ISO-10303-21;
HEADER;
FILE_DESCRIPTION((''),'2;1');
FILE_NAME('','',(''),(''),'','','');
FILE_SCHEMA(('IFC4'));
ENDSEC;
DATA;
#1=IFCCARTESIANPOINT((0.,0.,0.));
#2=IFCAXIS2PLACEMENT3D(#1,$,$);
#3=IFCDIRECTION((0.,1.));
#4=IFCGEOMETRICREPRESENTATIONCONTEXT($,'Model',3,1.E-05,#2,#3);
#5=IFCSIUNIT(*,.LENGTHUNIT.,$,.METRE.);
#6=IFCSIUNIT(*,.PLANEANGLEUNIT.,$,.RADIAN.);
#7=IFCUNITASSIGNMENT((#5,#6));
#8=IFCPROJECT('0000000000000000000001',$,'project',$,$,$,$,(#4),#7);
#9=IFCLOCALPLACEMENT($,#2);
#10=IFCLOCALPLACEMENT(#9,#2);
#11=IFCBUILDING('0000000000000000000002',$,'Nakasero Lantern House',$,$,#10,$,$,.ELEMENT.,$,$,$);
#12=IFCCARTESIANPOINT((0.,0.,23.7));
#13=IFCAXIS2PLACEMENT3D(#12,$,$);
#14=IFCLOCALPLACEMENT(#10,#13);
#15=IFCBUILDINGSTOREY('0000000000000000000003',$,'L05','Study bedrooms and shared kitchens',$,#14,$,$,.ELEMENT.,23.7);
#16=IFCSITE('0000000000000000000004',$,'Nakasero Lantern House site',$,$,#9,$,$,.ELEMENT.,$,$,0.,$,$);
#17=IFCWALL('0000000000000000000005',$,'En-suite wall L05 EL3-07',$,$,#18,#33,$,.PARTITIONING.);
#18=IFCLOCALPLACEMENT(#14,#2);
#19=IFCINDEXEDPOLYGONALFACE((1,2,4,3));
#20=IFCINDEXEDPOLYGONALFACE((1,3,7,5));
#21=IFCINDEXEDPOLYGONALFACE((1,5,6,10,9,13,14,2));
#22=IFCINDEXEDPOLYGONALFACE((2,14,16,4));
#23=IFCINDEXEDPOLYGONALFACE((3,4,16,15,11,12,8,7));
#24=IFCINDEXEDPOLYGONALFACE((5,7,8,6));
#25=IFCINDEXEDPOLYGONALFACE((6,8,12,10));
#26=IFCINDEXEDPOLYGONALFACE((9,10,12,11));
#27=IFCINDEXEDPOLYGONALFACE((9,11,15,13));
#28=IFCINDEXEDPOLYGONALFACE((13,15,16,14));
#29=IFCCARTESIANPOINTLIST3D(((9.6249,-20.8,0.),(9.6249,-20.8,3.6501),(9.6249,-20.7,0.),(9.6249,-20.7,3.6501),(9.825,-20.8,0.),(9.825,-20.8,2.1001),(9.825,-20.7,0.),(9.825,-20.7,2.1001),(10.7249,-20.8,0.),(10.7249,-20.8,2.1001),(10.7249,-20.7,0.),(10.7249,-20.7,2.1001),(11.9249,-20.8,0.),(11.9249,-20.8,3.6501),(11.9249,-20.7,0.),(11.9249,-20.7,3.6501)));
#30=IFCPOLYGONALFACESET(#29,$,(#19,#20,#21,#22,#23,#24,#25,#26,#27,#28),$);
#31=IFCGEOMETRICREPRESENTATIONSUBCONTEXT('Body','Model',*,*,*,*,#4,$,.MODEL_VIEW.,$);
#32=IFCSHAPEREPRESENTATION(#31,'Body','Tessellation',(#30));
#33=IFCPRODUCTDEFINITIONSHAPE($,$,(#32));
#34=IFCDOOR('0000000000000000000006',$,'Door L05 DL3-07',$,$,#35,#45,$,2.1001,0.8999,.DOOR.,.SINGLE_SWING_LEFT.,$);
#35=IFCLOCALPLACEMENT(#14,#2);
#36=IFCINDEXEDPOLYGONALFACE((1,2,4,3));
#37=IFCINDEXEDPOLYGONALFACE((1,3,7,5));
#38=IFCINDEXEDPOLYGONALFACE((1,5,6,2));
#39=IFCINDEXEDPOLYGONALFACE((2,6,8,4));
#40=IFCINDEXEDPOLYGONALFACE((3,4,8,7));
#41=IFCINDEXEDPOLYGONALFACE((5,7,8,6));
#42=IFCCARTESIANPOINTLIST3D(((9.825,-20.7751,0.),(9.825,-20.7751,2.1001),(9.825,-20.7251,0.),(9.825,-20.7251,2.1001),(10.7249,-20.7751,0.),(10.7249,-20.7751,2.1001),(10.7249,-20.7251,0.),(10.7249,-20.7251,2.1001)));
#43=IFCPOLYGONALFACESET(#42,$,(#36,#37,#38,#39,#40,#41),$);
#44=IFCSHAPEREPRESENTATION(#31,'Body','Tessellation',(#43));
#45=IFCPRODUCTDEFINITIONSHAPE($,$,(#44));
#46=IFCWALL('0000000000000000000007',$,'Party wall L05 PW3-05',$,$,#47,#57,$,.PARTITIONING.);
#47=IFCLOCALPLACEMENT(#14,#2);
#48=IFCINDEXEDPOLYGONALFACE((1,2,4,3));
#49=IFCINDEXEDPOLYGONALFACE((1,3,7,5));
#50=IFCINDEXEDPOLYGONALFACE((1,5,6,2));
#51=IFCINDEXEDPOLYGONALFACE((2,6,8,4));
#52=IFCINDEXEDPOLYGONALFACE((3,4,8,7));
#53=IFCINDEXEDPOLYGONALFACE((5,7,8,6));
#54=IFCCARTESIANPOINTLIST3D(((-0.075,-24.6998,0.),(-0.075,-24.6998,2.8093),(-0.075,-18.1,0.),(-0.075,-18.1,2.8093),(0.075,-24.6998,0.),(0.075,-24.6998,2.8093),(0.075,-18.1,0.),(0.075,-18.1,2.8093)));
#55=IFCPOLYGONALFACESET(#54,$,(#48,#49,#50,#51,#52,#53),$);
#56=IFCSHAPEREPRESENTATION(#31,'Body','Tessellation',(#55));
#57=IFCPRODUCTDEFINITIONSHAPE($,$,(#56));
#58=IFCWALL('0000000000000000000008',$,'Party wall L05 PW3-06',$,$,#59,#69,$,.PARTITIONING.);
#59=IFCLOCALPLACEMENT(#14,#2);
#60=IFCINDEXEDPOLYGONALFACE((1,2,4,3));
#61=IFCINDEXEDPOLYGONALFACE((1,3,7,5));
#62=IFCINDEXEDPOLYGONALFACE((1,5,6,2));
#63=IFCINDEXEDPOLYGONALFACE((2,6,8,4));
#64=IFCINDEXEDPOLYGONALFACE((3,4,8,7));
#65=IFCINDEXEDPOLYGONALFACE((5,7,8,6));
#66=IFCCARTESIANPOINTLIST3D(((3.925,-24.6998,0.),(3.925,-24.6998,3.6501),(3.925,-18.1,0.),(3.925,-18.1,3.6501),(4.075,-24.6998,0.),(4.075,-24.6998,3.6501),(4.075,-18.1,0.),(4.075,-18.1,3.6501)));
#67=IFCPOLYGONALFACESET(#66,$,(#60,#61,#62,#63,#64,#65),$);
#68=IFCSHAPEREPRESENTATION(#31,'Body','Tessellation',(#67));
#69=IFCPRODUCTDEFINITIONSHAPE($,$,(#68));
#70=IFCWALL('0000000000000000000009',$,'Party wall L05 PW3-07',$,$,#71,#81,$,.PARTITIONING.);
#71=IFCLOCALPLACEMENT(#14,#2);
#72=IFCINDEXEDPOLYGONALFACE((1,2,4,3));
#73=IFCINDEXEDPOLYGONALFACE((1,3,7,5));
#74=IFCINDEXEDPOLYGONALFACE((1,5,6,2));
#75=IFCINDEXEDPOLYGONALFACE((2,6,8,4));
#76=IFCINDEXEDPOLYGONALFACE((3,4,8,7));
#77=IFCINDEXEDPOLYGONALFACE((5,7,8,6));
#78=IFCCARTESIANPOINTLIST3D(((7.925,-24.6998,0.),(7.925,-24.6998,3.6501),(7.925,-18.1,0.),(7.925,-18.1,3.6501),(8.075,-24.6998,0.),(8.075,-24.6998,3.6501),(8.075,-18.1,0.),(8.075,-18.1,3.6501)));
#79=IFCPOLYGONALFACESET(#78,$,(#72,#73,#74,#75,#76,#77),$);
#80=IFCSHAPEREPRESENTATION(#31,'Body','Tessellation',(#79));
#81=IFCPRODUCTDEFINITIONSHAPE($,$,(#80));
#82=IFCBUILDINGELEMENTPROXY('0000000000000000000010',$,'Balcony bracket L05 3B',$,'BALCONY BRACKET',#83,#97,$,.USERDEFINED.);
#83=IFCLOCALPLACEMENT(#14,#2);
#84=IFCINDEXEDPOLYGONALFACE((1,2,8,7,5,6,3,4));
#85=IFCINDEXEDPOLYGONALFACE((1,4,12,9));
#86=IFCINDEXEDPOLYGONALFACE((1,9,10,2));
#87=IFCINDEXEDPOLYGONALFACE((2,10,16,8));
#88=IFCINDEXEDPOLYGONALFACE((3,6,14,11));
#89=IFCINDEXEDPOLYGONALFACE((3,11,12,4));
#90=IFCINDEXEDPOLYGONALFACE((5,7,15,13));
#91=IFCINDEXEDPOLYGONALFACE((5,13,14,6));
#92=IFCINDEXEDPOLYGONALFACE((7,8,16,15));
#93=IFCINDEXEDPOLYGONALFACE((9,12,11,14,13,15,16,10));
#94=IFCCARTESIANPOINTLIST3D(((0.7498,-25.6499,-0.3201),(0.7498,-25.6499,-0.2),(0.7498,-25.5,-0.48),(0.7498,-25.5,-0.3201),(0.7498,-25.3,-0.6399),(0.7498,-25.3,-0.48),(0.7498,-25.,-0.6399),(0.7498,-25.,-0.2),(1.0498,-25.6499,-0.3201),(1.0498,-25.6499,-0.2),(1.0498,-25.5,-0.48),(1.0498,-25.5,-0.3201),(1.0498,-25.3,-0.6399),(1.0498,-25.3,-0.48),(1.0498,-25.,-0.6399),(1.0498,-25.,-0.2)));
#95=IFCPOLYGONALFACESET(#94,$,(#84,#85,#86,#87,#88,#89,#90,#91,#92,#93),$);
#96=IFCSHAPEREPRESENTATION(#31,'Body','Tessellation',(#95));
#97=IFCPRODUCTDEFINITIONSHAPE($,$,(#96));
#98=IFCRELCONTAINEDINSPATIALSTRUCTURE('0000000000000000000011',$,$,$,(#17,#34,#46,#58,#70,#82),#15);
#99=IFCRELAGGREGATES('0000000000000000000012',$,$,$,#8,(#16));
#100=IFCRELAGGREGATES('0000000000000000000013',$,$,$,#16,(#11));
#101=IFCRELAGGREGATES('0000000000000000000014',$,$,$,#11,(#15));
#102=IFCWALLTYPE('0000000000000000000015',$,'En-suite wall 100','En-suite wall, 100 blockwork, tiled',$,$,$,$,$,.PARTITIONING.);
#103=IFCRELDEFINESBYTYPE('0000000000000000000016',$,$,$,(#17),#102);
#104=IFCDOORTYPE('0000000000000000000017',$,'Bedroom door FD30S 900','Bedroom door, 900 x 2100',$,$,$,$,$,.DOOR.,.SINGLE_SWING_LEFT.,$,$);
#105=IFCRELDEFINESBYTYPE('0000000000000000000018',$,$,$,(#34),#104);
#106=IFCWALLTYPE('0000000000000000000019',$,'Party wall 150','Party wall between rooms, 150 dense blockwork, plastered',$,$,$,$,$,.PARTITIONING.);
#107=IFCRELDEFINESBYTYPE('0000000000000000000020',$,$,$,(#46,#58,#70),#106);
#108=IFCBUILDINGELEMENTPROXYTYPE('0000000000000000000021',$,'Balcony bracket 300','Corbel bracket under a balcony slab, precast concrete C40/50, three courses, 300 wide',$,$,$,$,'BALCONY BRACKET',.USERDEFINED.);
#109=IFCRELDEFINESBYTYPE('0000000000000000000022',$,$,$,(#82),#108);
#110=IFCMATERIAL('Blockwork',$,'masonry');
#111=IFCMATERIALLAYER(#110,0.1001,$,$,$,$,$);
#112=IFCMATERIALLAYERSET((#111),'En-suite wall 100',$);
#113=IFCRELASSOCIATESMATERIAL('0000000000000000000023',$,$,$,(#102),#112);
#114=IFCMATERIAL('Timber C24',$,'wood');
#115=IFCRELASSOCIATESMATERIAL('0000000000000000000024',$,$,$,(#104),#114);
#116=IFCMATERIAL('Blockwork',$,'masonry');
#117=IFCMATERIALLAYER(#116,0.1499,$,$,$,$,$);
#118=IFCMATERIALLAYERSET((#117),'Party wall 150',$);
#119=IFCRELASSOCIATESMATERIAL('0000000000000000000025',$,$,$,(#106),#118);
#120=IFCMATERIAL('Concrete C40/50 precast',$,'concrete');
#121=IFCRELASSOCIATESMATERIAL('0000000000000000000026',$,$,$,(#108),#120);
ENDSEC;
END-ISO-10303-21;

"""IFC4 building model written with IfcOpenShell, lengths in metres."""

from ifc_helpers import new_model, si_unit, direction, frame, frame_2d, origin, place, context, subcontext, project, spatial, polyline, rectangle, outline, extrude, material, layer, layer_set, type_object, element, fill, save


model = new_model("IFC4")

# Units and contexts
model_context = context("Model", 3, precision=1e-05, world=origin(), true_north=direction((0.0, 1.0)))
body_context = subcontext(model_context, "Body", "Model", "MODEL_VIEW")
ifc_project = project(units=[si_unit("LENGTHUNIT", "METRE"), si_unit("PLANEANGLEUNIT", "RADIAN")], contexts=[model_context])

# Site, building, storey
site_placement = place(None, origin())
site = spatial("IfcSite", under=ifc_project, at=site_placement, Name="Nakasero Lantern House site", CompositionType="ELEMENT", RefElevation=0.0)
building_placement = place(site_placement, origin())
building = spatial("IfcBuilding", under=site, at=building_placement, Name="Nakasero Lantern House", CompositionType="ELEMENT")
storey_placement = place(building_placement, frame((0.0, 0.0, 23.7)))
storey = spatial("IfcBuildingStorey", under=building, at=storey_placement, Name="L05", Description="Study bedrooms and shared kitchens", CompositionType="ELEMENT", Elevation=23.7)

# Shared definitions
ifc_material_1 = material(Name="Blockwork", Category="masonry")
ifc_layer_1 = layer(ifc_material_1, 0.1001)
ifc_layer_set_1 = layer_set([ifc_layer_1], Name="En-suite wall 100")
wall_type_1 = type_object("IfcWallType", Name="En-suite wall 100", Description="En-suite wall, 100 blockwork, tiled", PredefinedType="PARTITIONING", material=ifc_layer_set_1)

# Wall, opening, door
ifc_material_2 = material(Name="Timber C24", Category="wood")
door_type_1 = type_object("IfcDoorType", Name="Bedroom door FD30S 900", Description="Bedroom door, 900 x 2100", OperationType="SINGLE_SWING_LEFT", PredefinedType="DOOR", material=ifc_material_2)
wall_1_placement = place(storey_placement, frame((9.625, -20.75, 0.0), z_axis=(0.0, 0.0, 1.0), x_axis=(1.0, 0.0, 0.0)))
wall_1 = element("IfcWall", 1, at=wall_1_placement, inside=storey, type_object=wall_type_1, Name="En-suite wall L05 EL3-07", PredefinedType="PARTITIONING", context=body_context, shape_type="SweptSolid", body=[
    extrude(rectangle(XDim=2.3, YDim=0.1001, at=frame_2d((1.1499, 0.0))), origin(), (0.0, 0.0, 1.0), 3.6501),
])
opening_1_placement = place(wall_1_placement, frame((0.2, 0.0, 0.0)))
opening_1 = element("IfcOpeningElement", 2, at=opening_1_placement, cuts=wall_1, PredefinedType="OPENING", context=body_context, shape_type="SweptSolid", body=[
    extrude(rectangle(XDim=0.8999, YDim=2.1001, at=frame_2d((0.45, 1.05))), frame((0.0, 0.0701, 0.0), z_axis=(0.0, -1.0, 0.0), x_axis=(1.0, 0.0, 0.0)), (0.0, 0.0, 1.0), 0.1401),
])
door_1_placement = place(opening_1_placement, origin())
door_1 = element("IfcDoor", 3, at=door_1_placement, inside=storey, type_object=door_type_1, Name="Door L05 DL3-07", OperationType="SINGLE_SWING_LEFT", OverallHeight=2.1001, OverallWidth=0.8999, PredefinedType="DOOR", context=body_context, shape_type="SweptSolid", body=[
    extrude(rectangle(XDim=0.8999, YDim=2.1001, at=frame_2d((0.45, 1.05))), frame((0.0, 0.0249, 0.0), z_axis=(0.0, -1.0, 0.0), x_axis=(1.0, 0.0, 0.0)), (0.0, 0.0, 1.0), 0.05),
])
fill(opening_1, door_1)

# Walls
ifc_material_3 = material(Name="Blockwork", Category="masonry")
ifc_layer_2 = layer(ifc_material_3, 0.1499)
ifc_layer_set_2 = layer_set([ifc_layer_2], Name="Party wall 150")
wall_type_2 = type_object("IfcWallType", Name="Party wall 150", Description="Party wall between rooms, 150 dense blockwork, plastered", PredefinedType="PARTITIONING", material=ifc_layer_set_2)
wall_2_placement = place(storey_placement, frame((0.0, -18.1001, 0.0), z_axis=(0.0, 0.0, 1.0), x_axis=(0.0, -1.0, 0.0)))
element("IfcWall", 4, at=wall_2_placement, inside=storey, type_object=wall_type_2, Name="Party wall L05 PW3-05", PredefinedType="PARTITIONING", context=body_context, shape_type="SweptSolid", body=[
    extrude(rectangle(XDim=6.5999, YDim=0.1499, at=frame_2d((3.2998, 0.0))), origin(), (0.0, 0.0, 1.0), 2.8093),
])
for number, where, z_axis, x_axis, name in (
    (5, (4.0, -18.1001, 0.0), (0.0, 0.0, 1.0), (0.0, -1.0, 0.0), "Party wall L05 PW3-06"),
    (6, (8.0, -18.1001, 0.0), (0.0, 0.0, 1.0), (0.0, -1.0, 0.0), "Party wall L05 PW3-07"),
):
    element("IfcWall", number, at=place(storey_placement, frame(where, z_axis=z_axis, x_axis=x_axis)), inside=storey, type_object=wall_type_2, Name=name, PredefinedType="PARTITIONING", context=body_context, shape_type="SweptSolid", body=[
        extrude(rectangle(XDim=6.5999, YDim=0.1499, at=frame_2d((3.2998, 0.0))), origin(), (0.0, 0.0, 1.0), 3.6501),
    ])

# Building element proxy
ifc_material_4 = material(Name="Concrete C40/50 precast", Category="concrete")
building_element_proxy_type = type_object("IfcBuildingElementProxyType", Name="Balcony bracket 300", Description="Corbel bracket under a balcony slab, precast concrete C40/50, three courses, 300 wide", ElementType="BALCONY BRACKET", PredefinedType="USERDEFINED", material=ifc_material_4)
proxy_placement = place(storey_placement, frame((0.8999, -25.0, -0.2), z_axis=(0.0, 0.0, 1.0), x_axis=(0.0, -1.0, 0.0)))
element("IfcBuildingElementProxy", 7, at=proxy_placement, inside=storey, type_object=building_element_proxy_type, Name="Balcony bracket L05 3B", ObjectType="BALCONY BRACKET", PredefinedType="USERDEFINED", context=body_context, shape_type="SweptSolid", body=[
    extrude(outline(polyline([(0.0, 0.0), (0.6499, 0.0), (0.6499, -0.1201), (0.5, -0.1201), (0.5, -0.28), (0.3, -0.28), (0.3, -0.4399), (0.0, -0.4399), (0.0, 0.0)])), frame((0.0, 0.1499, 0.0), z_axis=(0.0, -1.0, 0.0), x_axis=(1.0, 0.0, 0.0)), (0.0, 0.0, 1.0), 0.3),
])

save(model, "model.ifc")
